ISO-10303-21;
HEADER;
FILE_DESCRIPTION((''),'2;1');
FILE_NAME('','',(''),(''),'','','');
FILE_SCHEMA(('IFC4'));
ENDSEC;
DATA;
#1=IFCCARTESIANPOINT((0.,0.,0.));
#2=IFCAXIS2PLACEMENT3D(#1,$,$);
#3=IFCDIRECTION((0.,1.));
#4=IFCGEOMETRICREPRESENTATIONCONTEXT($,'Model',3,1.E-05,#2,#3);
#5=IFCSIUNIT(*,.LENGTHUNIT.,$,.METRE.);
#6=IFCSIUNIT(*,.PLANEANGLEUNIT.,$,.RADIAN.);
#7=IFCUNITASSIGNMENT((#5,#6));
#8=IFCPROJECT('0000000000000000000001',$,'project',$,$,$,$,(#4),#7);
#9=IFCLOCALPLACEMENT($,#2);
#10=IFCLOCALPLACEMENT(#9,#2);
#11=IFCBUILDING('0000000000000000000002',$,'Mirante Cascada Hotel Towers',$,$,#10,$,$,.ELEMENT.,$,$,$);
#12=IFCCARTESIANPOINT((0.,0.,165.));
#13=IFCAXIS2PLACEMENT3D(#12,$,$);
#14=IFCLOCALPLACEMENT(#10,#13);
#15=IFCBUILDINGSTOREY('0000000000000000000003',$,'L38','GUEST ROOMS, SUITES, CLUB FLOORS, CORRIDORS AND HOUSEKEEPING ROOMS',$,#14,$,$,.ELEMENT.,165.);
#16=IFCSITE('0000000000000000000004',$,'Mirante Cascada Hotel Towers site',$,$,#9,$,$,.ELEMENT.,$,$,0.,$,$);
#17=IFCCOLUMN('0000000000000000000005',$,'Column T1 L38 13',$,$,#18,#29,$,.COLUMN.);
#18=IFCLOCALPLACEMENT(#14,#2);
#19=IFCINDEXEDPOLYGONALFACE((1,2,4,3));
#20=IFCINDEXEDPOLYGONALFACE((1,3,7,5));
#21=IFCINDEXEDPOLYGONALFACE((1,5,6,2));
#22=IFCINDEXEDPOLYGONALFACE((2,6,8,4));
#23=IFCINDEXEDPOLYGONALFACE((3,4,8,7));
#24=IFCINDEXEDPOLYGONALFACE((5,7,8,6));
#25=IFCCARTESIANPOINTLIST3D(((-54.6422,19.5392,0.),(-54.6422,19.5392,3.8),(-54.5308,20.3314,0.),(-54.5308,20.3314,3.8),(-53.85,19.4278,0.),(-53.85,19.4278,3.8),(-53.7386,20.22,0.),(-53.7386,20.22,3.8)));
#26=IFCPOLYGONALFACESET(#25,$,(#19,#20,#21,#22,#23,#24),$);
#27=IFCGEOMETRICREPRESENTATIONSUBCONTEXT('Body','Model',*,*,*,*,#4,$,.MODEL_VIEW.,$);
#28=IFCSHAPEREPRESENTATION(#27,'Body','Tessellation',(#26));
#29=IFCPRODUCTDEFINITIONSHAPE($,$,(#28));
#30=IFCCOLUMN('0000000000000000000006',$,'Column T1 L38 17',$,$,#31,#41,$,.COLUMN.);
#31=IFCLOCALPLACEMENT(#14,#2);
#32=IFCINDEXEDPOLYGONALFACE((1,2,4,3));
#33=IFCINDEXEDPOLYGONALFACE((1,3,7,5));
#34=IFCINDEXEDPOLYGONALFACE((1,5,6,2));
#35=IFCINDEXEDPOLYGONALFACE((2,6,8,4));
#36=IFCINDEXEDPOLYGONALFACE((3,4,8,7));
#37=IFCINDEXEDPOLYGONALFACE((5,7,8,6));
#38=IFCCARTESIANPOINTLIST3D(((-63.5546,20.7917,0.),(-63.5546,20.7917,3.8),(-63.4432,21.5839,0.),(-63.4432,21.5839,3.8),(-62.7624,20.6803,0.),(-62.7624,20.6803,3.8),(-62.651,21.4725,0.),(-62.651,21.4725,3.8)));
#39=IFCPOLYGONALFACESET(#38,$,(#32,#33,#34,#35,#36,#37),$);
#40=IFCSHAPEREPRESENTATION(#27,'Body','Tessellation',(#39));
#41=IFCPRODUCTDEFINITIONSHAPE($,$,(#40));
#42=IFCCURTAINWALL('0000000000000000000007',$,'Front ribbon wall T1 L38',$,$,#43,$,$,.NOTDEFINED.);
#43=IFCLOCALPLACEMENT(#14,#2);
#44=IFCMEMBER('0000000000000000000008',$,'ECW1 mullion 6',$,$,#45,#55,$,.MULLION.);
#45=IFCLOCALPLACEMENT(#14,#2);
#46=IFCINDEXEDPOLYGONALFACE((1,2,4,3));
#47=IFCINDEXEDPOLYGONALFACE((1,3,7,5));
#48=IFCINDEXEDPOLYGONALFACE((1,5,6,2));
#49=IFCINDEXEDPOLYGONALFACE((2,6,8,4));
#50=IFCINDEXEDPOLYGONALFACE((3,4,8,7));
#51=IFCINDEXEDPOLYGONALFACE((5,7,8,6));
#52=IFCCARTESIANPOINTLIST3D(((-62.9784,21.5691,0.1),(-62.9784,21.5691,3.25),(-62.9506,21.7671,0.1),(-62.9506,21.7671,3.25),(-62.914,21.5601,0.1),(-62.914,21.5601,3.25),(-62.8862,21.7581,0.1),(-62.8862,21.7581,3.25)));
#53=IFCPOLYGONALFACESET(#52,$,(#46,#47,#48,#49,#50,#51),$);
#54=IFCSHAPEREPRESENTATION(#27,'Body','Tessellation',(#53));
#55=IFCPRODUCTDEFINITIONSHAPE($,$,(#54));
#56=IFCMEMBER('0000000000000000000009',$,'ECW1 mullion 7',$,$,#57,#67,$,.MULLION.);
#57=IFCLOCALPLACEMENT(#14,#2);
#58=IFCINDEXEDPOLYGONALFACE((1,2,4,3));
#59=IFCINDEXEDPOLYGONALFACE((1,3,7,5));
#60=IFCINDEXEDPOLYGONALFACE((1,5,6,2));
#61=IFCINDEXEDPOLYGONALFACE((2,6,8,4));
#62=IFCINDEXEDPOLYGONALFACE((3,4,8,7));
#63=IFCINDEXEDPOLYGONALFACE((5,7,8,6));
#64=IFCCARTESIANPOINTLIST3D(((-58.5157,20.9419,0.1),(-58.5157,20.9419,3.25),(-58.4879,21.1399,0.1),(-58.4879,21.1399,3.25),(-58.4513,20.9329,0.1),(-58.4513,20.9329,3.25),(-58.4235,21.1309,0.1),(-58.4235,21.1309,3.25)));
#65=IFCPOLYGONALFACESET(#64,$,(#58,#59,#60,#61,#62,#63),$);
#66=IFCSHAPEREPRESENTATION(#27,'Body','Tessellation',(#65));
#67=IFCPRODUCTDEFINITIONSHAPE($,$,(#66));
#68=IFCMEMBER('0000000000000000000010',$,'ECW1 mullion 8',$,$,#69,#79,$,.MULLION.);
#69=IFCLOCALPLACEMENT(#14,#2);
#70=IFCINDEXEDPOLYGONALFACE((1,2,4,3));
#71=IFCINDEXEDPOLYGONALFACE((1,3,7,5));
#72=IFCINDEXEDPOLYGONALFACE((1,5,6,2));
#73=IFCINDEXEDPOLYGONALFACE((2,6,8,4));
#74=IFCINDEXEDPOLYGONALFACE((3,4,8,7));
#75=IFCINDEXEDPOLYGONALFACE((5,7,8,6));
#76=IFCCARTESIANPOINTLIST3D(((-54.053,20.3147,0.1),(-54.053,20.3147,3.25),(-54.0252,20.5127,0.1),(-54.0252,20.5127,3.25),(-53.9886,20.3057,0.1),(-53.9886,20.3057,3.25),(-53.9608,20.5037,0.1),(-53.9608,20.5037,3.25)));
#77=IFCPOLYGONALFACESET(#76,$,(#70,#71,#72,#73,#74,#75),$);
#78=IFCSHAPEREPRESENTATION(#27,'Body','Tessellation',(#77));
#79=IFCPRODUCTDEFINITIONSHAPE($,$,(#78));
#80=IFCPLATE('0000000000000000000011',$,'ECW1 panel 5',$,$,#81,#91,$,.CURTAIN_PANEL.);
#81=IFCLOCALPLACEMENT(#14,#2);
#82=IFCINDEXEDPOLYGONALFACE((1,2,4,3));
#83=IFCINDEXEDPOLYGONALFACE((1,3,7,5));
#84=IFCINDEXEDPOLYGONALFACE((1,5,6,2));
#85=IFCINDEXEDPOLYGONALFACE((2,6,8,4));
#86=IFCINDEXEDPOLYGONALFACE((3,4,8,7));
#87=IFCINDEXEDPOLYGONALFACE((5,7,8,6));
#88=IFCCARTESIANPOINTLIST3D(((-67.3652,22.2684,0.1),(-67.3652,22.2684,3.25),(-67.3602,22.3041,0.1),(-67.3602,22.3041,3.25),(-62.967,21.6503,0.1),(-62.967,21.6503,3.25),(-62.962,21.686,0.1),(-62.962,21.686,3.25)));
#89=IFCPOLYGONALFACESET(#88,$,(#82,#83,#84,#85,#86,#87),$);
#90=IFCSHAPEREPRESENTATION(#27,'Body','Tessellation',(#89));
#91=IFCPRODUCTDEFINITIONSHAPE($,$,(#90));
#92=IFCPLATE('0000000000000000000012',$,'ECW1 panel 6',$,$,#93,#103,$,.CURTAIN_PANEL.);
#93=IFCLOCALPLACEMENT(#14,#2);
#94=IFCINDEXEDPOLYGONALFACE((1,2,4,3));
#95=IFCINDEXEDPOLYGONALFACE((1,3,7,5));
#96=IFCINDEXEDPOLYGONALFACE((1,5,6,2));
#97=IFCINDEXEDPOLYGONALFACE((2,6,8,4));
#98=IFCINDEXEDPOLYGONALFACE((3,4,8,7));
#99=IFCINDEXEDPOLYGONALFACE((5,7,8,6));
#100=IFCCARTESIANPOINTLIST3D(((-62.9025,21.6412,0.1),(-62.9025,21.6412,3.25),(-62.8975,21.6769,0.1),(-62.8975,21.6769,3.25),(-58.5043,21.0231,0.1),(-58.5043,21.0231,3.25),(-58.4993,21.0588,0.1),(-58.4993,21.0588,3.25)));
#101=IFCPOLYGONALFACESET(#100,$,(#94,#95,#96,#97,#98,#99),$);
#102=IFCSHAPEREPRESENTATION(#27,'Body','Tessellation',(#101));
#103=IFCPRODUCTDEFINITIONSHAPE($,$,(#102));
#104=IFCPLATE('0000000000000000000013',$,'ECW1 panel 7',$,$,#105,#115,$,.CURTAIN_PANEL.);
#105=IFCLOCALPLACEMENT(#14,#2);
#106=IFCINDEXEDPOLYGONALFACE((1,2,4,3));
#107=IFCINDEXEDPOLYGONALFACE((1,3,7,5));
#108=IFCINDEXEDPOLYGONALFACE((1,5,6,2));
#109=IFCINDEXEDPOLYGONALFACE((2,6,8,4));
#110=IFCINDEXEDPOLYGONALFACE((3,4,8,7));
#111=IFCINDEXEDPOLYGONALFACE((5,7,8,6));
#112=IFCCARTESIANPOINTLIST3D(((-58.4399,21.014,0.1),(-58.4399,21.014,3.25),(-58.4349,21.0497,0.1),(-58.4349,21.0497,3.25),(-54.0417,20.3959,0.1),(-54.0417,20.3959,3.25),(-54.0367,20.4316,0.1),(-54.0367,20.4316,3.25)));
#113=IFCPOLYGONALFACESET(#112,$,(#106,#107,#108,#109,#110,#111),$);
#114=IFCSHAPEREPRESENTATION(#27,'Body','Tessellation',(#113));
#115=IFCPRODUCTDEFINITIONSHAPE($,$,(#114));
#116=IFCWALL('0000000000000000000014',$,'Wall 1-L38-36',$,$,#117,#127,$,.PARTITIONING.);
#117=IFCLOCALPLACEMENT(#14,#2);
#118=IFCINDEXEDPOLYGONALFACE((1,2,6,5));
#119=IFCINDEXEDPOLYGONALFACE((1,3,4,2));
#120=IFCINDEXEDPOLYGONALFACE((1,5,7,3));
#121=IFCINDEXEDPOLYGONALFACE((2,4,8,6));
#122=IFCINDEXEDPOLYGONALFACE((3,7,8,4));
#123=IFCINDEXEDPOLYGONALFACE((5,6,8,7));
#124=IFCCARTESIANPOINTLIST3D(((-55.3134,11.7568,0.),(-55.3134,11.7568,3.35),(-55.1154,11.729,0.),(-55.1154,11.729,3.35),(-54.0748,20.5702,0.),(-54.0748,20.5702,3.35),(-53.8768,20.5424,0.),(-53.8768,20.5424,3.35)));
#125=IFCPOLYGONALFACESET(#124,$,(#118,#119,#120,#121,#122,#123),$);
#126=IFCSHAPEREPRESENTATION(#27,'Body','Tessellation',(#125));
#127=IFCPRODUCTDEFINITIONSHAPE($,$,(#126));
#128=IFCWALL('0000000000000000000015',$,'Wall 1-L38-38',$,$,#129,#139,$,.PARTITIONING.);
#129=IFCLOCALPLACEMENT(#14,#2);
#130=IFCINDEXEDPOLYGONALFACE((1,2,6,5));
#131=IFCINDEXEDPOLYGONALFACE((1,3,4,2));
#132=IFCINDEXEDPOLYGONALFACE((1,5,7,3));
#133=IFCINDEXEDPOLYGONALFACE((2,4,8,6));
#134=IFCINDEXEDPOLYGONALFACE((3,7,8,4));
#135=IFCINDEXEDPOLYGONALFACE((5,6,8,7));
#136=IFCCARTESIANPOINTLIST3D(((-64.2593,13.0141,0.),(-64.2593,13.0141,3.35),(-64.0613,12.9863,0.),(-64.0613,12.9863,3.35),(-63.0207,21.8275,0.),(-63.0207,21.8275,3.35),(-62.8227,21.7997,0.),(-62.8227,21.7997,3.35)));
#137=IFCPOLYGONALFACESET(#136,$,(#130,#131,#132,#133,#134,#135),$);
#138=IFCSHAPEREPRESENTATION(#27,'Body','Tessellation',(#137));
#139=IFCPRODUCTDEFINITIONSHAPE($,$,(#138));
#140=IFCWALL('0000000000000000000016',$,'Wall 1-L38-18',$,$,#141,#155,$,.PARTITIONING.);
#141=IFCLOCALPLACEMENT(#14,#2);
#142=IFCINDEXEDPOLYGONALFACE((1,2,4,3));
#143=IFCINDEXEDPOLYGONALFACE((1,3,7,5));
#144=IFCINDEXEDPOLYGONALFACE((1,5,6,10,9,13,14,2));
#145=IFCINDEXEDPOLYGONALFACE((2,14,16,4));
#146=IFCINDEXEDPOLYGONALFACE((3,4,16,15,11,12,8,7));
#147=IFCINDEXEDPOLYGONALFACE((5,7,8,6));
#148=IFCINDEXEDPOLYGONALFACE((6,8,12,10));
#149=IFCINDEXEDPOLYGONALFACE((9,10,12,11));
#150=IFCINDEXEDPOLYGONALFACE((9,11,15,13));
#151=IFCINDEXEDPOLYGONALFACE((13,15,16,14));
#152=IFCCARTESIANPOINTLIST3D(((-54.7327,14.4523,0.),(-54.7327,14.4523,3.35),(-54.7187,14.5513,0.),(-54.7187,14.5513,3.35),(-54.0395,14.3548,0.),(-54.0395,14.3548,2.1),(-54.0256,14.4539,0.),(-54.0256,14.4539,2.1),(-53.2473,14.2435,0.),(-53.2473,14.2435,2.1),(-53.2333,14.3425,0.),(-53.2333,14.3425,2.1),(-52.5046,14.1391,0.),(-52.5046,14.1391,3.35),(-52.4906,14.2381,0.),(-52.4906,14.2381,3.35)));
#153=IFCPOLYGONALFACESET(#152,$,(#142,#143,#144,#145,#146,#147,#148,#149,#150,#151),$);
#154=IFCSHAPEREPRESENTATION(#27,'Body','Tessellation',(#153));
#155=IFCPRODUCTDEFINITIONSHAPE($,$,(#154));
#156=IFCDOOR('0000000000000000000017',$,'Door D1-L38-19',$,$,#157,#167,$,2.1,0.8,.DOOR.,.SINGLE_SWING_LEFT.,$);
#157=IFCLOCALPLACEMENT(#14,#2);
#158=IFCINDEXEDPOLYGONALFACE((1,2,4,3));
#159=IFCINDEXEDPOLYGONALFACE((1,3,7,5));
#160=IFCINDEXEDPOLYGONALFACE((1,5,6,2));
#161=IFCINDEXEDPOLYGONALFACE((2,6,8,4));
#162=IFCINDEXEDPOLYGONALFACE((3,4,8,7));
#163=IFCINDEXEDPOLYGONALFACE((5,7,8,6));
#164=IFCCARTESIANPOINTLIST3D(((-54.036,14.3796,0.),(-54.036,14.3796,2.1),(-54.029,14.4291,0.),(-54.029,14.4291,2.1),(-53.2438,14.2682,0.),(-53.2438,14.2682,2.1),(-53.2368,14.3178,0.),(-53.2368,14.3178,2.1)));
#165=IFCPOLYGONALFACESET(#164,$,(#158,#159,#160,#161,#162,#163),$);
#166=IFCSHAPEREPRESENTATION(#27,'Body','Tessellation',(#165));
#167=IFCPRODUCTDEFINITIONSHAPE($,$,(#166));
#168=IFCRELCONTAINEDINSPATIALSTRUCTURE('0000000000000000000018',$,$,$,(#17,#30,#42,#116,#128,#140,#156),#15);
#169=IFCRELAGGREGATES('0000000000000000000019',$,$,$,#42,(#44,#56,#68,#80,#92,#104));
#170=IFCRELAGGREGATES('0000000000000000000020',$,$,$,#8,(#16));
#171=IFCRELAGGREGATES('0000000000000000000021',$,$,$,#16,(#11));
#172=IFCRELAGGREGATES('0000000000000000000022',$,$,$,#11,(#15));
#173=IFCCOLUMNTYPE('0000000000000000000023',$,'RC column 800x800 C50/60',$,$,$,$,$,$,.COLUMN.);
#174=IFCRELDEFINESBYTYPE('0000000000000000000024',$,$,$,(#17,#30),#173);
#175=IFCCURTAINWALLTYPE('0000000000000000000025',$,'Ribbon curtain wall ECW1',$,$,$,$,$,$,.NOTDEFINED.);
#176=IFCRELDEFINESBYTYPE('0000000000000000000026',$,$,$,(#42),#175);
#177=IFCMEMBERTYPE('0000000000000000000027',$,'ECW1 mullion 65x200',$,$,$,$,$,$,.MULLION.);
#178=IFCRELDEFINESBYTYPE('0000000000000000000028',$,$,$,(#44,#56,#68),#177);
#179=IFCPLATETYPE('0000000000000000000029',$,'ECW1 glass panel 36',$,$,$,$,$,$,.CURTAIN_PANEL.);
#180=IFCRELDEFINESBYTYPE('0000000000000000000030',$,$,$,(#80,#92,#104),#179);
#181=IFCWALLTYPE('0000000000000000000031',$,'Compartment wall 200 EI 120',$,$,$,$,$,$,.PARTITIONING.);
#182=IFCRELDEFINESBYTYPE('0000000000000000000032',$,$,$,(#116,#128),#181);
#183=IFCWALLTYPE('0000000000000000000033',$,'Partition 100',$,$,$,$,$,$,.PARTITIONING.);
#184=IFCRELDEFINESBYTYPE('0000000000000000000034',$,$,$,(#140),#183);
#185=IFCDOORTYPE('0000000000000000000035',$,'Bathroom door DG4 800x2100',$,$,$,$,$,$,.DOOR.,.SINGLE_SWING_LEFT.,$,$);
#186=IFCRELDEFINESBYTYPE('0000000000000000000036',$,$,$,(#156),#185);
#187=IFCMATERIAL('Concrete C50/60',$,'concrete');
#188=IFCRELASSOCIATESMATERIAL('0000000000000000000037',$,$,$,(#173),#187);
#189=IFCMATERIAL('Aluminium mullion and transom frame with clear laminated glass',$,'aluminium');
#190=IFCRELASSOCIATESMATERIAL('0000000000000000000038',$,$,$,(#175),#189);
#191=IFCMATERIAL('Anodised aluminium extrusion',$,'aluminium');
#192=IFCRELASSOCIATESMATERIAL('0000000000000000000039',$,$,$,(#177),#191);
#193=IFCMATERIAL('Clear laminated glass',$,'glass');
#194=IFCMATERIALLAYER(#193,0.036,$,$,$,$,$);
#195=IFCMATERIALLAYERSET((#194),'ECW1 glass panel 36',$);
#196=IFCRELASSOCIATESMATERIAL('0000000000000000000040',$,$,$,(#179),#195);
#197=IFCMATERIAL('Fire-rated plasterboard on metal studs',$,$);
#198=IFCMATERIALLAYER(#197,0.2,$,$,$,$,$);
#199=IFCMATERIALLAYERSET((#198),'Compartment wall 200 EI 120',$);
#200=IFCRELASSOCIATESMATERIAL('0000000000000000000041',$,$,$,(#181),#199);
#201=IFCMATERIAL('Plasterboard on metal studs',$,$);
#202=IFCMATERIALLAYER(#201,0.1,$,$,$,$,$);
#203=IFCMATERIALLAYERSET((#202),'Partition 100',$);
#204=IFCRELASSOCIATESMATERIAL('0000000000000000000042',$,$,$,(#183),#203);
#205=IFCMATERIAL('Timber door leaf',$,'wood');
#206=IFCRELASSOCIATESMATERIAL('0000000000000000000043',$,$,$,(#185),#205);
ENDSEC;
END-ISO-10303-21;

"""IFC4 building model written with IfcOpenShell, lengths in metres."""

from ifc_helpers import new_model, si_unit, direction, frame, frame_2d, origin, origin_2d, place, context, subcontext, project, spatial, rectangle, extrude, material, layer, layer_set, material_profile, profile_set, type_object, element, fill, aggregate, save


model = new_model("IFC4")

# Units and contexts
model_context = context("Model", 3, precision=1e-05, world=origin(), true_north=direction((0.0, 1.0)))
body_context = subcontext(model_context, "Body", "Model", "MODEL_VIEW")
ifc_project = project(units=[si_unit("LENGTHUNIT", "METRE"), si_unit("PLANEANGLEUNIT", "RADIAN")], contexts=[model_context])

# Site, building, storey
site_placement = place(None, origin())
site = spatial("IfcSite", under=ifc_project, at=site_placement, Name="Mirante Cascada Hotel Towers site", CompositionType="ELEMENT", RefElevation=0.0)
building_placement = place(site_placement, origin())
building = spatial("IfcBuilding", under=site, at=building_placement, Name="Mirante Cascada Hotel Towers", CompositionType="ELEMENT")
storey_placement = place(building_placement, frame((0.0, 0.0, 165.0)))
storey = spatial("IfcBuildingStorey", under=building, at=storey_placement, Name="L38", Description="GUEST ROOMS, SUITES, CLUB FLOORS, CORRIDORS AND HOUSEKEEPING ROOMS", CompositionType="ELEMENT", Elevation=165.0)

# Columns
ifc_material_1 = material(Name="Concrete C50/60", Category="concrete")
ifc_material_profile_1 = material_profile(ifc_material_1, rectangle(XDim=0.8, YDim=0.8, at=origin_2d()), Name="RC column 800x800 C50/60")
ifc_profile_set_1 = profile_set([ifc_material_profile_1], Name="Concrete C50/60")
column_type = type_object("IfcColumnType", Name="RC column 800x800 C50/60", PredefinedType="COLUMN", material=ifc_profile_set_1)
for number, where, z_axis, x_axis, name in (
    (1, (-54.1904, 19.8796, 0.0), (0.0, 0.0, 1.0), (-0.990268, 0.139173, 0.0), "Column T1 L38 13"),
    (2, (-63.1028, 21.1321, 0.0), (0.0, 0.0, 1.0), (-0.990268, 0.139173, 0.0), "Column T1 L38 17"),
):
    element("IfcColumn", number, at=place(storey_placement, frame(where, z_axis=z_axis, x_axis=x_axis)), inside=storey, type_object=column_type, Name=name, PredefinedType="COLUMN", context=body_context, shape_type="SweptSolid", body=[
        extrude(rectangle(XDim=0.8, YDim=0.8, at=origin_2d()), origin(), (0.0, 0.0, 1.0), 3.8),
    ])

# Curtain wall, members, plates
ifc_material_2 = material(Name="Aluminium mullion and transom frame with clear laminated glass", Category="aluminium")
curtain_wall_type = type_object("IfcCurtainWallType", Name="Ribbon curtain wall ECW1", PredefinedType="NOTDEFINED", material=ifc_material_2)
curtain_wall_placement = place(storey_placement, origin())
curtain_wall = element("IfcCurtainWall", 3, at=curtain_wall_placement, inside=storey, type_object=curtain_wall_type, Name="Front ribbon wall T1 L38", PredefinedType="NOTDEFINED")
ifc_material_3 = material(Name="Anodised aluminium extrusion", Category="aluminium")
ifc_material_profile_2 = material_profile(ifc_material_3, rectangle(XDim=0.2, YDim=0.065, at=origin_2d()), Name="ECW1 MULLION 65x200")
ifc_profile_set_2 = profile_set([ifc_material_profile_2], Name="Anodised aluminium extrusion")
member_type = type_object("IfcMemberType", Name="ECW1 mullion 65x200", PredefinedType="MULLION", material=ifc_profile_set_2)
member_1_placement = place(storey_placement, frame((-62.9323, 21.6636, 0.1), z_axis=(0.0, 0.0, 1.0), x_axis=(0.139173, 0.990268, 0.0)))
member_1 = element("IfcMember", 4, at=member_1_placement, type_object=member_type, Name="ECW1 mullion 6", PredefinedType="MULLION", context=body_context, shape_type="SweptSolid", body=[
    extrude(rectangle(XDim=0.2, YDim=0.065, at=origin_2d()), origin(), (0.0, 0.0, 1.0), 3.15),
])
member_2_placement = place(storey_placement, frame((-58.4696, 21.0364, 0.1), z_axis=(0.0, 0.0, 1.0), x_axis=(0.139173, 0.990268, 0.0)))
member_2 = element("IfcMember", 5, at=member_2_placement, type_object=member_type, Name="ECW1 mullion 7", PredefinedType="MULLION", context=body_context, shape_type="SweptSolid", body=[
    extrude(rectangle(XDim=0.2, YDim=0.065, at=origin_2d()), origin(), (0.0, 0.0, 1.0), 3.15),
])
member_3_placement = place(storey_placement, frame((-54.0069, 20.4092, 0.1), z_axis=(0.0, 0.0, 1.0), x_axis=(0.139173, 0.990268, 0.0)))
member_3 = element("IfcMember", 6, at=member_3_placement, type_object=member_type, Name="ECW1 mullion 8", PredefinedType="MULLION", context=body_context, shape_type="SweptSolid", body=[
    extrude(rectangle(XDim=0.2, YDim=0.065, at=origin_2d()), origin(), (0.0, 0.0, 1.0), 3.15),
])
ifc_material_4 = material(Name="Clear laminated glass", Category="glass")
ifc_layer_1 = layer(ifc_material_4, 0.036)
ifc_layer_set_1 = layer_set([ifc_layer_1], Name="ECW1 glass panel 36")
plate_type = type_object("IfcPlateType", Name="ECW1 glass panel 36", PredefinedType="CURTAIN_PANEL", material=ifc_layer_set_1)
plate_1_placement = place(storey_placement, frame((-65.1636, 21.9772, 0.1), z_axis=(0.0, 0.0, 1.0), x_axis=(0.990268, -0.139173, 0.0)))
plate_1 = element("IfcPlate", 7, at=plate_1_placement, type_object=plate_type, Name="ECW1 panel 5", PredefinedType="CURTAIN_PANEL", context=body_context, shape_type="SweptSolid", body=[
    extrude(rectangle(XDim=4.4415, YDim=0.036, at=origin_2d()), origin(), (0.0, 0.0, 1.0), 3.15),
])
plate_2_placement = place(storey_placement, frame((-60.7009, 21.35, 0.1), z_axis=(0.0, 0.0, 1.0), x_axis=(0.990268, -0.139173, 0.0)))
plate_2 = element("IfcPlate", 8, at=plate_2_placement, type_object=plate_type, Name="ECW1 panel 6", PredefinedType="CURTAIN_PANEL", context=body_context, shape_type="SweptSolid", body=[
    extrude(rectangle(XDim=4.4415, YDim=0.036, at=origin_2d()), origin(), (0.0, 0.0, 1.0), 3.15),
])
plate_3_placement = place(storey_placement, frame((-56.2383, 20.7228, 0.1), z_axis=(0.0, 0.0, 1.0), x_axis=(0.990268, -0.139173, 0.0)))
plate_3 = element("IfcPlate", 9, at=plate_3_placement, type_object=plate_type, Name="ECW1 panel 7", PredefinedType="CURTAIN_PANEL", context=body_context, shape_type="SweptSolid", body=[
    extrude(rectangle(XDim=4.4415, YDim=0.036, at=origin_2d()), origin(), (0.0, 0.0, 1.0), 3.15),
])
aggregate(curtain_wall, [member_1, member_2, member_3, plate_1, plate_2, plate_3])

# Walls
ifc_material_5 = material(Name="Fire-rated plasterboard on metal studs")
ifc_layer_2 = layer(ifc_material_5, 0.2)
ifc_layer_set_2 = layer_set([ifc_layer_2], Name="Compartment wall 200 EI 120")
wall_type_1 = type_object("IfcWallType", Name="Compartment wall 200 EI 120", PredefinedType="PARTITIONING", material=ifc_layer_set_2)
for number, where, z_axis, x_axis, name in (
    (10, (-53.9758, 20.5563, 0.0), (0.0, 0.0, 1.0), (-0.139168, -0.990269, 0.0), "Wall 1-L38-36"),
    (11, (-62.9217, 21.8136, 0.0), (0.0, 0.0, 1.0), (-0.139168, -0.990269, 0.0), "Wall 1-L38-38"),
):
    element("IfcWall", number, at=place(storey_placement, frame(where, z_axis=z_axis, x_axis=x_axis)), inside=storey, type_object=wall_type_1, Name=name, PredefinedType="PARTITIONING", context=body_context, shape_type="SweptSolid", body=[
        extrude(rectangle(XDim=8.9, YDim=0.2, at=frame_2d((4.45, 0.0))), origin(), (0.0, 0.0, 1.0), 3.35),
    ])

# Wall, opening, door
ifc_material_6 = material(Name="Plasterboard on metal studs")
ifc_layer_3 = layer(ifc_material_6, 0.1)
ifc_layer_set_3 = layer_set([ifc_layer_3], Name="Partition 100")
wall_type_2 = type_object("IfcWallType", Name="Partition 100", PredefinedType="PARTITIONING", material=ifc_layer_set_3)
wall_1_placement = place(storey_placement, frame((-54.7257, 14.5018, 0.0), z_axis=(0.0, 0.0, 1.0), x_axis=(0.990264, -0.1392, 0.0)))
wall_1 = element("IfcWall", 12, at=wall_1_placement, inside=storey, type_object=wall_type_2, Name="Wall 1-L38-18", PredefinedType="PARTITIONING", context=body_context, shape_type="SweptSolid", body=[
    extrude(rectangle(XDim=2.25, YDim=0.1, at=frame_2d((1.125, 0.0))), origin(), (0.0, 0.0, 1.0), 3.35),
])
opening_1_placement = place(wall_1_placement, frame((0.7, 0.0, 0.0)))
opening_1 = element("IfcOpeningElement", 13, at=opening_1_placement, cuts=wall_1, PredefinedType="OPENING", context=body_context, shape_type="SweptSolid", body=[
    extrude(rectangle(XDim=0.8, YDim=2.1, at=frame_2d((0.4, 1.05))), frame((0.0, 0.05, 0.0), z_axis=(0.0, -1.0, 0.0), x_axis=(1.0, 0.0, 0.0)), (0.0, 0.0, 1.0), 0.1),
])
ifc_material_7 = material(Name="Timber door leaf", Category="wood")
door_type = type_object("IfcDoorType", Name="Bathroom door DG4 800x2100", OperationType="SINGLE_SWING_LEFT", PredefinedType="DOOR", material=ifc_material_7)
door_1_placement = place(opening_1_placement, origin())
door_1 = element("IfcDoor", 14, at=door_1_placement, inside=storey, type_object=door_type, Name="Door D1-L38-19", OperationType="SINGLE_SWING_LEFT", OverallHeight=2.1, OverallWidth=0.8, PredefinedType="DOOR", context=body_context, shape_type="SweptSolid", body=[
    extrude(rectangle(XDim=0.8, YDim=2.1, at=frame_2d((0.4, 1.05))), frame((0.0, 0.025, 0.0), z_axis=(0.0, -1.0, 0.0), x_axis=(1.0, 0.0, 0.0)), (0.0, 0.0, 1.0), 0.05),
])
fill(opening_1, door_1)

save(model, "model.ifc")
